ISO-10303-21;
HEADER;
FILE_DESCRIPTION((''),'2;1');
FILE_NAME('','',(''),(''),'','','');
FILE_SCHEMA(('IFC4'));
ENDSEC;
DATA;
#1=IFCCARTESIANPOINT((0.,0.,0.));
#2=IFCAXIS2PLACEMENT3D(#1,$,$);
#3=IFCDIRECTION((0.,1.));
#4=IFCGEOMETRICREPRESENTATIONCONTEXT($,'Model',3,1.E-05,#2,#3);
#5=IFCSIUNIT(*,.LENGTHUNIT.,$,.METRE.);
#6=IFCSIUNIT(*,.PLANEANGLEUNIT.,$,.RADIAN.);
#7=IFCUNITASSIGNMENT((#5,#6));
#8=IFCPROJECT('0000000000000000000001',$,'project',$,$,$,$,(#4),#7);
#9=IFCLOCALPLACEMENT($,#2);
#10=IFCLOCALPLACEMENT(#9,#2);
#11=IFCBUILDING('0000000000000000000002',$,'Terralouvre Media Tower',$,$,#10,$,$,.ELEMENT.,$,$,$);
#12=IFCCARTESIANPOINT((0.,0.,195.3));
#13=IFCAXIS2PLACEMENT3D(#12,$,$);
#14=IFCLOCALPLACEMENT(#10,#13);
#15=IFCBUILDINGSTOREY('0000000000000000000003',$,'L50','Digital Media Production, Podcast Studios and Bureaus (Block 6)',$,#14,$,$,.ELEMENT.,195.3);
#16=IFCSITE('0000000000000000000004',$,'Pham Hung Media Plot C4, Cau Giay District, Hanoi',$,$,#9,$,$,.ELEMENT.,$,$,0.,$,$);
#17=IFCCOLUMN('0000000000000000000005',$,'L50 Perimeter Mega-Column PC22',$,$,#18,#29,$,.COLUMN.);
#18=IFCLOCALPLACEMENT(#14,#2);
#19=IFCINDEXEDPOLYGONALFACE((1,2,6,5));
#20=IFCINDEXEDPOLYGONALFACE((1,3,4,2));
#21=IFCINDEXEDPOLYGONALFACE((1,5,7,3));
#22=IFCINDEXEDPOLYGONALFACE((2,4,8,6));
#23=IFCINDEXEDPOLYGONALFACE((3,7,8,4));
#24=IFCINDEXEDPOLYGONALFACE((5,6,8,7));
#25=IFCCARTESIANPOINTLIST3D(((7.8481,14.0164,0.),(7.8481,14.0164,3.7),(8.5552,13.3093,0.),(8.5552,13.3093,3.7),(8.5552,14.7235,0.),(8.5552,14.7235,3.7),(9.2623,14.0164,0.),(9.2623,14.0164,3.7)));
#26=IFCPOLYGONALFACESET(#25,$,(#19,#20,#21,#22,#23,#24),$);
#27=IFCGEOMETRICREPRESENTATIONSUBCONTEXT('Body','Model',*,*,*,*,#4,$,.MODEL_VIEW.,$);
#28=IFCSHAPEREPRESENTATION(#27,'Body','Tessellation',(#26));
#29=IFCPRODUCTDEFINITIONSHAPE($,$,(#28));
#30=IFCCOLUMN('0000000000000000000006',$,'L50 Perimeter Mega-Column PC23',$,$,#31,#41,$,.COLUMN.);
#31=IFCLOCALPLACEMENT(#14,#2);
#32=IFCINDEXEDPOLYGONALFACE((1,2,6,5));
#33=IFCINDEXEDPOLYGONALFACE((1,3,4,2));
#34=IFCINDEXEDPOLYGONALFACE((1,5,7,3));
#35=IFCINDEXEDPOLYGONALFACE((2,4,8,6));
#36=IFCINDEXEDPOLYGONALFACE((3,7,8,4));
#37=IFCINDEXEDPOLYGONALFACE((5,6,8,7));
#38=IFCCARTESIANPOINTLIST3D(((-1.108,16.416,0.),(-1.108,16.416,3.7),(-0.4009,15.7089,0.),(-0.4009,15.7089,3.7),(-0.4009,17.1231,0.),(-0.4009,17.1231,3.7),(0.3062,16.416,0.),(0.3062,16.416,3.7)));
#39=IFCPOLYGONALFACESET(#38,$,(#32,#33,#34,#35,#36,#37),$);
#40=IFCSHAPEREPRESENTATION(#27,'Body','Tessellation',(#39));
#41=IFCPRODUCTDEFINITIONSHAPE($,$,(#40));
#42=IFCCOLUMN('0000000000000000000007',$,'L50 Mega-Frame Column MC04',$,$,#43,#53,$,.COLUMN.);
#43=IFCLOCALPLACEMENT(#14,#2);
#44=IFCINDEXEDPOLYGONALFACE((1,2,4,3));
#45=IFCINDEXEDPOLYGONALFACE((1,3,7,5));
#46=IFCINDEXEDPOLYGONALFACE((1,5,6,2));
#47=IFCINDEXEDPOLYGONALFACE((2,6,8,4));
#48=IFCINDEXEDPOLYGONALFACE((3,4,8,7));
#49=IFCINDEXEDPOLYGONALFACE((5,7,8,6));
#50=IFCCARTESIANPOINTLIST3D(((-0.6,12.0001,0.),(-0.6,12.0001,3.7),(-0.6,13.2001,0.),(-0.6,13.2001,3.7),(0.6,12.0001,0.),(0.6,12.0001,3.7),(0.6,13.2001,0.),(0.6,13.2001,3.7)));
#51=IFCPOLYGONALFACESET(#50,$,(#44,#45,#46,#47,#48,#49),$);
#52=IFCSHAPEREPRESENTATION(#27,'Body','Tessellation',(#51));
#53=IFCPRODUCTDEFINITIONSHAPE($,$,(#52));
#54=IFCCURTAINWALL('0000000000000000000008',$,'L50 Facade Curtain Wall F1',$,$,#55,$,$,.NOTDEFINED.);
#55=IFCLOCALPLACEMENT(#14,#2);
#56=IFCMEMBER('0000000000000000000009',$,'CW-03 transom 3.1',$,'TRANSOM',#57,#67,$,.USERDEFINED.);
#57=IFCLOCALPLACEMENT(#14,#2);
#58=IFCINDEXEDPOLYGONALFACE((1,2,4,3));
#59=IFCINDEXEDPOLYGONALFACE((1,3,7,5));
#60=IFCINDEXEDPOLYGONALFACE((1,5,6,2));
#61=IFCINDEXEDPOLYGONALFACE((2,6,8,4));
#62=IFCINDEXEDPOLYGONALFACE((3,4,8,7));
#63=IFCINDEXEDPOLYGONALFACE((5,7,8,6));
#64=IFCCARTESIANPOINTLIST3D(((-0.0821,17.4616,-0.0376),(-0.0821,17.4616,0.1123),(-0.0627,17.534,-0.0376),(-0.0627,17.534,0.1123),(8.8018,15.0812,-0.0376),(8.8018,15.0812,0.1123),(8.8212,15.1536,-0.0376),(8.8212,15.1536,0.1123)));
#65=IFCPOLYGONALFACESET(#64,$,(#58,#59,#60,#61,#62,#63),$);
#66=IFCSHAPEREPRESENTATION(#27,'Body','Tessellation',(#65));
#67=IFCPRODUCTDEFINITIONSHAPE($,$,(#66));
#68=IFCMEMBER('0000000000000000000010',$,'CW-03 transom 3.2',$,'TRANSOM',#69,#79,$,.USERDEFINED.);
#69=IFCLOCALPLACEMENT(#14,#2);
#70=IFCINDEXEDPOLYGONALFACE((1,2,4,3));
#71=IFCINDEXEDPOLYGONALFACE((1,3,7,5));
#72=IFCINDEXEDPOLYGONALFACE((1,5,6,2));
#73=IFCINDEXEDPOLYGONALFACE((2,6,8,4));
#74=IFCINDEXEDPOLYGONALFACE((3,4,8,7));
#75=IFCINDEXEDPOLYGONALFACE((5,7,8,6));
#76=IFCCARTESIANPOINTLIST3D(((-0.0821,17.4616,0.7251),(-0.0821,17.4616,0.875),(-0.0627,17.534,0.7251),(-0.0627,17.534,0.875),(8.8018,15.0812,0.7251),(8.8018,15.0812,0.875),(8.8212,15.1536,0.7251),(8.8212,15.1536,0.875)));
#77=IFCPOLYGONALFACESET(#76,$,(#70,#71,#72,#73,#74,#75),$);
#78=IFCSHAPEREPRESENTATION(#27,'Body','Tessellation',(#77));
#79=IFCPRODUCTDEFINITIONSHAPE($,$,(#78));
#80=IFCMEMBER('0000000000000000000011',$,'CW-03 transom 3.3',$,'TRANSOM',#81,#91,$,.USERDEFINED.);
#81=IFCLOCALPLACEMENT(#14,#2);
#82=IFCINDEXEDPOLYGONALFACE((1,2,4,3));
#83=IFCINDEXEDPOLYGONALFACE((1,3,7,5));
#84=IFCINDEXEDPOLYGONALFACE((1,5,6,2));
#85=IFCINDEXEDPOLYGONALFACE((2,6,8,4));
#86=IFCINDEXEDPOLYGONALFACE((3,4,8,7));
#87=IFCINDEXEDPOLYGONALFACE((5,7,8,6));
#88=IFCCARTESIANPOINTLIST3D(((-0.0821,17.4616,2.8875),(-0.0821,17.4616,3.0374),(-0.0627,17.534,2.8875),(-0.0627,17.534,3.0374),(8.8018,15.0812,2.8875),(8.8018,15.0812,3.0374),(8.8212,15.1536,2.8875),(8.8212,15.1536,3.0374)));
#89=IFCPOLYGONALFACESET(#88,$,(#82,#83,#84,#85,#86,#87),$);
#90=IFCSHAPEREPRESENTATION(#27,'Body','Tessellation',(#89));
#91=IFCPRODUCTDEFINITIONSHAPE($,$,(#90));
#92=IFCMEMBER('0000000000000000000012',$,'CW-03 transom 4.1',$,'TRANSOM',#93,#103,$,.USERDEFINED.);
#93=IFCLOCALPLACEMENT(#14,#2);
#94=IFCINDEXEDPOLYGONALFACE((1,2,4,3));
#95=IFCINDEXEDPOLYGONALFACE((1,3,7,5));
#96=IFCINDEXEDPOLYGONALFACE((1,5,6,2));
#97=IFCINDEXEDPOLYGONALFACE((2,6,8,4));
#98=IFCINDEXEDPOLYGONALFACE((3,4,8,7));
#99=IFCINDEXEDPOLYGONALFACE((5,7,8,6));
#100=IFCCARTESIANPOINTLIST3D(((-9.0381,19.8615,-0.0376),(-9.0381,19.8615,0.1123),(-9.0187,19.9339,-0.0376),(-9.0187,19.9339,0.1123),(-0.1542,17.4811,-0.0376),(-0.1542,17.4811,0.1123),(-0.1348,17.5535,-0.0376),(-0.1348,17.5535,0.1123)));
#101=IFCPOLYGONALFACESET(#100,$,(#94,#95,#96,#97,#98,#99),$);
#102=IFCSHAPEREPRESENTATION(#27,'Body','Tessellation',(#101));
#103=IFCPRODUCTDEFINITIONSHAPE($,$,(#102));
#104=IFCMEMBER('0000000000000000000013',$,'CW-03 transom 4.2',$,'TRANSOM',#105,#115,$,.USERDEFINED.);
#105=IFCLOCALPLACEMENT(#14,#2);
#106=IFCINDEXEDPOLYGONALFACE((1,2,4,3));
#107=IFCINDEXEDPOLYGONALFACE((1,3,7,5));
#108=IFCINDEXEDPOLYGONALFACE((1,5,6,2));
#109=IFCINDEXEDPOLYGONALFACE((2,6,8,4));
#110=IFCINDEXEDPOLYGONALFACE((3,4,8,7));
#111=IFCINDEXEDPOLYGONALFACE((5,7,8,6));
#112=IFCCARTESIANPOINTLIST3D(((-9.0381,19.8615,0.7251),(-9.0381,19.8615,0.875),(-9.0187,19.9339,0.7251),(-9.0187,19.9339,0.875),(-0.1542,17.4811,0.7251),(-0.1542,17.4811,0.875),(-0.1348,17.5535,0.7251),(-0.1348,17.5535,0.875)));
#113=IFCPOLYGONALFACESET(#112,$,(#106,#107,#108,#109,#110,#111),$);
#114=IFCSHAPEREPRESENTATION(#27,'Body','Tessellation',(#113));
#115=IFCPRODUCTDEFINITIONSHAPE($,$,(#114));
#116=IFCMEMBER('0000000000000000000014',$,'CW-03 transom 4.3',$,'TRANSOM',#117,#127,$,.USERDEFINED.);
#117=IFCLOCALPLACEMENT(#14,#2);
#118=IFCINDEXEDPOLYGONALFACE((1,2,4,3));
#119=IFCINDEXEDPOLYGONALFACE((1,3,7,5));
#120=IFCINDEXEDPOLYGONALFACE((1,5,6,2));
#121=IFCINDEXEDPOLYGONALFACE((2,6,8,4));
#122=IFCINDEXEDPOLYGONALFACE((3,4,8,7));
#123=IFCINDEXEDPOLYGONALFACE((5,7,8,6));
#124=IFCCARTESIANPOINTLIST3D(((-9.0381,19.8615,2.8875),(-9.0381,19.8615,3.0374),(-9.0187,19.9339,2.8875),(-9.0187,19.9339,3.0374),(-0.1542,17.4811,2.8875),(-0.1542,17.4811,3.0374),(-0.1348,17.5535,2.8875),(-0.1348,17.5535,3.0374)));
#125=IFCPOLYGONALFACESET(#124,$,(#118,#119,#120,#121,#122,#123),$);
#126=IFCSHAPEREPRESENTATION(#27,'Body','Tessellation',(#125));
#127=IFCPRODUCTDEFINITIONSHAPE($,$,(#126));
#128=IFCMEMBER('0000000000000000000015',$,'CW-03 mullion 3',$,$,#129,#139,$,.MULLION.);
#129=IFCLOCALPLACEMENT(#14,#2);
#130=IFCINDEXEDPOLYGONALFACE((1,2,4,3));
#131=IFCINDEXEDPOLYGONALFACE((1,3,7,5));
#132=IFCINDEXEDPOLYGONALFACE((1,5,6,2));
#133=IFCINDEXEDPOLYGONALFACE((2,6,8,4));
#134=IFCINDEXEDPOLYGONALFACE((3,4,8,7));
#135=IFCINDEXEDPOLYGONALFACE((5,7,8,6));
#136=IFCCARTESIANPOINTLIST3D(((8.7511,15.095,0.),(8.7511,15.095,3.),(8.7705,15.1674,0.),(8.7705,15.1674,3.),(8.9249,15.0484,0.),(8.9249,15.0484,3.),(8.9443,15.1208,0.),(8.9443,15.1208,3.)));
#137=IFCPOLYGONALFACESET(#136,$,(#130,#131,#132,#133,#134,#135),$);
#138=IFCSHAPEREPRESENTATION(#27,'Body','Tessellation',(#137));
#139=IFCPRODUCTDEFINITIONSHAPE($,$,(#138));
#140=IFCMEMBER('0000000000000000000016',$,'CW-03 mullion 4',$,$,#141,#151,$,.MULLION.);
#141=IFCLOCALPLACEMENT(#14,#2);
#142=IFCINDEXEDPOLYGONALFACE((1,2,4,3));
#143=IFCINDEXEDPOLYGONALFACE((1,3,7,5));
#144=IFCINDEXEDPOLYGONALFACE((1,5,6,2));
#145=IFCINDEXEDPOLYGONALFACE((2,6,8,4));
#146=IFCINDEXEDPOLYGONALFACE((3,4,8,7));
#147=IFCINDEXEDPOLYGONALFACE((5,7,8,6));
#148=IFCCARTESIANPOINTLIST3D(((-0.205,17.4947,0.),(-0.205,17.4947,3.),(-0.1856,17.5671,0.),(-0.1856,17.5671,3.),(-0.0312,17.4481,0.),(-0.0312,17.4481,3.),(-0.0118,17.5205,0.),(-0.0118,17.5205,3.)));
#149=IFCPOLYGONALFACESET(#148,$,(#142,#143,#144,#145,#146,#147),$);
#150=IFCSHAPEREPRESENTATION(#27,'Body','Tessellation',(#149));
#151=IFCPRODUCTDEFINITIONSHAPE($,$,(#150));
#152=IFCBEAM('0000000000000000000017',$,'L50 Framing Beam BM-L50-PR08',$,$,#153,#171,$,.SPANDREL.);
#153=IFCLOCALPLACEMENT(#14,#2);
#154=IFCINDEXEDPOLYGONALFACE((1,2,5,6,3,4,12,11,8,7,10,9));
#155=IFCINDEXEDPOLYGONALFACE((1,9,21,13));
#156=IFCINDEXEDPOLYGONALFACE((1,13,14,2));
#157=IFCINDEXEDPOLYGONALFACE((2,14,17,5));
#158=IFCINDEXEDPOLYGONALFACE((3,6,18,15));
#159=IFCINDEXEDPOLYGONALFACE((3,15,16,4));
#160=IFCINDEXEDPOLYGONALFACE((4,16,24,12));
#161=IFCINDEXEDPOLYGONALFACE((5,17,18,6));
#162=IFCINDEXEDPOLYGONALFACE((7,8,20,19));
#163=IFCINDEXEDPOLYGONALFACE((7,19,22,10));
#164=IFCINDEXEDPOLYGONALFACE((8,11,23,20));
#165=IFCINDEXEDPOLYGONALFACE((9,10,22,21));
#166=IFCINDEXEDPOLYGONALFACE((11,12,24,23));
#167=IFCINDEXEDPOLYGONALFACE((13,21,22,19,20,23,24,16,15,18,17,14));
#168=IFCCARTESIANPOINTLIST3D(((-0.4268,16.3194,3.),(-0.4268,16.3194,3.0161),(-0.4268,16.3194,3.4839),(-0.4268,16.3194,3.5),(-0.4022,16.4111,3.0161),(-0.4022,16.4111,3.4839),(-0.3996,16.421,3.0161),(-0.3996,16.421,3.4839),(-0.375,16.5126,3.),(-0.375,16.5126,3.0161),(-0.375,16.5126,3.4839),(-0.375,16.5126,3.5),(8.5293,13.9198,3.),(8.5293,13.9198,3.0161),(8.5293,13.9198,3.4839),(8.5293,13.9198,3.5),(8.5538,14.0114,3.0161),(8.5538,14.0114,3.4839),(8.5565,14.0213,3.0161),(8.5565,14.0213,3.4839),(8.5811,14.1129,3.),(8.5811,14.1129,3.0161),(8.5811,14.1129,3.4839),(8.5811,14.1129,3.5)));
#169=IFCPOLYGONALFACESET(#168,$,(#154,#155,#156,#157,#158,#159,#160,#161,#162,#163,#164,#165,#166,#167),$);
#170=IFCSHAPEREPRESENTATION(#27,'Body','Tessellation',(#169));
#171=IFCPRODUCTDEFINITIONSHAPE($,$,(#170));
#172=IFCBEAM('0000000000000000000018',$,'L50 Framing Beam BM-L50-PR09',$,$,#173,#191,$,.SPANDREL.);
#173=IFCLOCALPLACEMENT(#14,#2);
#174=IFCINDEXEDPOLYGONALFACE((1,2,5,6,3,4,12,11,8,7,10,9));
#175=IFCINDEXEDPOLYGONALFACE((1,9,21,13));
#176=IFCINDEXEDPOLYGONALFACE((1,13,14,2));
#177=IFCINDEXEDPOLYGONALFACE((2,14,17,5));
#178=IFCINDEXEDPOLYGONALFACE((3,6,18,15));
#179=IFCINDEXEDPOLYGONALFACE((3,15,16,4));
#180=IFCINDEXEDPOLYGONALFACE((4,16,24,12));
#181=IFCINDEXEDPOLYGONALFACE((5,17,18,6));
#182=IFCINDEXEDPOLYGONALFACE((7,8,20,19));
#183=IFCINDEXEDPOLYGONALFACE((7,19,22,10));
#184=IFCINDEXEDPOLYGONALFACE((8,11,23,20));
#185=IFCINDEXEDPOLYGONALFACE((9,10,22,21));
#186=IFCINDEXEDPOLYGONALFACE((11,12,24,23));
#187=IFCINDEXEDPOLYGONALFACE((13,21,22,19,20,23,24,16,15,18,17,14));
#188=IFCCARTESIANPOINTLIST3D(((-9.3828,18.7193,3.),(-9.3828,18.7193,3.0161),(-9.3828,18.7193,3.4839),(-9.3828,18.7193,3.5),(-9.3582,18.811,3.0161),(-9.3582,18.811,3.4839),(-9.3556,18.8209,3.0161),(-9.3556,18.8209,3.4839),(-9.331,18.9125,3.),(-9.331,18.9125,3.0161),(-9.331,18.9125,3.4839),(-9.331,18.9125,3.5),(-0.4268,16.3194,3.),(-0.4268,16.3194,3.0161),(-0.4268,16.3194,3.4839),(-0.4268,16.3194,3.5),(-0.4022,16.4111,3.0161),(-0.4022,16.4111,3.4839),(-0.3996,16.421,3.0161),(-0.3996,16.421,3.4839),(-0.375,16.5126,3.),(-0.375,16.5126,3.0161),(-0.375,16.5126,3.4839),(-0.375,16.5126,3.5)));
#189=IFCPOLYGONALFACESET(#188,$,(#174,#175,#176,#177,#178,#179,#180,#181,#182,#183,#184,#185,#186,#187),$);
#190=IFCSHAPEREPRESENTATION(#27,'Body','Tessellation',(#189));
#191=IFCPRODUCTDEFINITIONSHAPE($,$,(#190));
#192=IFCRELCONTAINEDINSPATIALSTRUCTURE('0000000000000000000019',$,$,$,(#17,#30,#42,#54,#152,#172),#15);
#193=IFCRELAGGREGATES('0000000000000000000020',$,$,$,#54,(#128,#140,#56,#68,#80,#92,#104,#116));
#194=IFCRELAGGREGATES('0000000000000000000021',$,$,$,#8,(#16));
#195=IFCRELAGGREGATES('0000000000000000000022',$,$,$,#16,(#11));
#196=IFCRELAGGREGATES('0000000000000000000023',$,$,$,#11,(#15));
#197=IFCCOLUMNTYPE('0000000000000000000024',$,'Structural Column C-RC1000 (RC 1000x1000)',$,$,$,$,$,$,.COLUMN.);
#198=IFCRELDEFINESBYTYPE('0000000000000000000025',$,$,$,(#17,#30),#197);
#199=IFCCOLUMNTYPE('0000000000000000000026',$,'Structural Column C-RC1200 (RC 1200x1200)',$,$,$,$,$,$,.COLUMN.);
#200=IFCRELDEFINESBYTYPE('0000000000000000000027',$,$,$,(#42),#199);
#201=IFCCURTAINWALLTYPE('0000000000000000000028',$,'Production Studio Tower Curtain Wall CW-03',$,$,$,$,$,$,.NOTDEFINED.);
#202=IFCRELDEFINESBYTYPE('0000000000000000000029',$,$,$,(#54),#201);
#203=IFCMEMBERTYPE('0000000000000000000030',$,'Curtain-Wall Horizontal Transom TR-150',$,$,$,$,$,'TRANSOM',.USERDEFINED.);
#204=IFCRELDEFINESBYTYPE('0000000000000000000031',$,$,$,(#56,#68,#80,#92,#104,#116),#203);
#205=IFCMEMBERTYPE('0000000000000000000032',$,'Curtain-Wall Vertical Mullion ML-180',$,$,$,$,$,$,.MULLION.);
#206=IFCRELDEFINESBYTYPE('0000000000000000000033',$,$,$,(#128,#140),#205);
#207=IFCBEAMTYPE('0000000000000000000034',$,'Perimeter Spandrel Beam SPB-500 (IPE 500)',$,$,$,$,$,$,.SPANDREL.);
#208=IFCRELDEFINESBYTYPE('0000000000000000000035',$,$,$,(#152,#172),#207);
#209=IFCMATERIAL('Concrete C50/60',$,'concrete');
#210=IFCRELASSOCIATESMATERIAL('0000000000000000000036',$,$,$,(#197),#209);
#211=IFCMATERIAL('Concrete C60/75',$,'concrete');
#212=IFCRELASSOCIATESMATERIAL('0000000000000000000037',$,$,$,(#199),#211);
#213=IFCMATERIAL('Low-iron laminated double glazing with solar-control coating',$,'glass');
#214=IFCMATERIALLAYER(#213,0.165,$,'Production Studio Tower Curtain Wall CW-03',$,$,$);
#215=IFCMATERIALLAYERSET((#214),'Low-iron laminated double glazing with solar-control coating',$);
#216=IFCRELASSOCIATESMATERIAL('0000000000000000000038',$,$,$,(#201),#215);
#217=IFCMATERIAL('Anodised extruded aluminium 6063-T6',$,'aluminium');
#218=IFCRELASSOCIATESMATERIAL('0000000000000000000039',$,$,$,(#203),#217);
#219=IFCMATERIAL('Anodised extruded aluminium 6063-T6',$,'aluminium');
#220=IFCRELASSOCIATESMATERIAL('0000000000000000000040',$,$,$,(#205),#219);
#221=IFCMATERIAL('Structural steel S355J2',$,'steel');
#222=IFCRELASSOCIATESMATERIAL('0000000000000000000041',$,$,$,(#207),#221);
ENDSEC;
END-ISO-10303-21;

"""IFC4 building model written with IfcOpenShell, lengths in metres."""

from ifc_helpers import new_model, si_unit, direction, frame, origin, origin_2d, place, context, subcontext, project, spatial, rectangle, i_section, extrude, material, layer, layer_set, material_profile, profile_set, type_object, element, aggregate, save


model = new_model("IFC4")

# Units and contexts
model_context = context("Model", 3, precision=1e-05, world=origin(), true_north=direction((0.0, 1.0)))
body_context = subcontext(model_context, "Body", "Model", "MODEL_VIEW")
ifc_project = project(units=[si_unit("LENGTHUNIT", "METRE"), si_unit("PLANEANGLEUNIT", "RADIAN")], contexts=[model_context])

# Site, building, storey
site_placement = place(None, origin())
site = spatial("IfcSite", under=ifc_project, at=site_placement, Name="Pham Hung Media Plot C4, Cau Giay District, Hanoi", CompositionType="ELEMENT", RefElevation=0.0)
building_placement = place(site_placement, origin())
building = spatial("IfcBuilding", under=site, at=building_placement, Name="Terralouvre Media Tower", CompositionType="ELEMENT")
storey_placement = place(building_placement, frame((0.0, 0.0, 195.3)))
storey = spatial("IfcBuildingStorey", under=building, at=storey_placement, Name="L50", Description="Digital Media Production, Podcast Studios and Bureaus (Block 6)", CompositionType="ELEMENT", Elevation=195.3)

# Columns
ifc_material_1 = material(Name="Concrete C50/60", Category="concrete")
ifc_material_profile_1 = material_profile(ifc_material_1, rectangle(XDim=1.0, YDim=1.0, at=origin_2d()), Name="RC 1000x1000")
ifc_profile_set_1 = profile_set([ifc_material_profile_1], Name="Concrete C50/60")
column_type_1 = type_object("IfcColumnType", Name="Structural Column C-RC1000 (RC 1000x1000)", PredefinedType="COLUMN", material=ifc_profile_set_1)
for number, where, z_axis, x_axis, name in (
    (1, (8.5552, 14.0164, 0.0), (0.0, 0.0, 1.0), (0.707107, 0.707107, 0.0), "L50 Perimeter Mega-Column PC22"),
    (2, (-0.4009, 16.416, 0.0), (0.0, 0.0, 1.0), (0.707107, 0.707107, 0.0), "L50 Perimeter Mega-Column PC23"),
):
    element("IfcColumn", number, at=place(storey_placement, frame(where, z_axis=z_axis, x_axis=x_axis)), inside=storey, type_object=column_type_1, Name=name, PredefinedType="COLUMN", context=body_context, shape_type="SweptSolid", body=[
        extrude(rectangle(XDim=1.0, YDim=1.0, at=origin_2d()), origin(), (0.0, 0.0, 1.0), 3.7),
    ])
ifc_material_2 = material(Name="Concrete C60/75", Category="concrete")
ifc_material_profile_2 = material_profile(ifc_material_2, rectangle(XDim=1.2, YDim=1.2, at=origin_2d()), Name="RC 1200x1200")
ifc_profile_set_2 = profile_set([ifc_material_profile_2], Name="Concrete C60/75")
column_type_2 = type_object("IfcColumnType", Name="Structural Column C-RC1200 (RC 1200x1200)", PredefinedType="COLUMN", material=ifc_profile_set_2)
column_placement = place(storey_placement, frame((0.0, 12.6001, 0.0), z_axis=(0.0, 0.0, 1.0), x_axis=(1.0, 0.0, 0.0)))
element("IfcColumn", 3, at=column_placement, inside=storey, type_object=column_type_2, Name="L50 Mega-Frame Column MC04", PredefinedType="COLUMN", context=body_context, shape_type="SweptSolid", body=[
    extrude(rectangle(XDim=1.2, YDim=1.2, at=origin_2d()), origin(), (0.0, 0.0, 1.0), 3.7),
])

# Curtain wall, members
ifc_material_3 = material(Name="Low-iron laminated double glazing with solar-control coating", Category="glass")
ifc_layer_1 = layer(ifc_material_3, 0.165, Name="Production Studio Tower Curtain Wall CW-03")
ifc_layer_set_1 = layer_set([ifc_layer_1], Name="Low-iron laminated double glazing with solar-control coating")
curtain_wall_type = type_object("IfcCurtainWallType", Name="Production Studio Tower Curtain Wall CW-03", PredefinedType="NOTDEFINED", material=ifc_layer_set_1)
curtain_wall_placement = place(storey_placement, origin())
curtain_wall = element("IfcCurtainWall", 4, at=curtain_wall_placement, inside=storey, type_object=curtain_wall_type, Name="L50 Facade Curtain Wall F1", PredefinedType="NOTDEFINED")
ifc_material_4 = material(Name="Anodised extruded aluminium 6063-T6", Category="aluminium")
ifc_material_profile_3 = material_profile(ifc_material_4, rectangle(XDim=0.075, YDim=0.1499, at=origin_2d()), Name="ALU 75x150")
ifc_profile_set_3 = profile_set([ifc_material_profile_3], Name="Anodised extruded aluminium 6063-T6")
member_type_1 = type_object("IfcMemberType", Name="Curtain-Wall Horizontal Transom TR-150", ElementType="TRANSOM", PredefinedType="USERDEFINED", material=ifc_profile_set_3)
member_1_placement = place(storey_placement, frame((8.8115, 15.1174, 0.0374), z_axis=(-0.965927, 0.258816, 0.0), x_axis=(-0.258816, -0.965927, 0.0)))
member_1 = element("IfcMember", 5, at=member_1_placement, type_object=member_type_1, Name="CW-03 transom 3.1", ObjectType="TRANSOM", PredefinedType="USERDEFINED", context=body_context, shape_type="SweptSolid", body=[
    extrude(rectangle(XDim=0.075, YDim=0.1499, at=origin_2d()), origin(), (0.0, 0.0, 1.0), 9.1973),
])
member_2_placement = place(storey_placement, frame((8.8115, 15.1174, 0.8), z_axis=(-0.965927, 0.258816, 0.0), x_axis=(-0.258816, -0.965927, 0.0)))
member_2 = element("IfcMember", 6, at=member_2_placement, type_object=member_type_1, Name="CW-03 transom 3.2", ObjectType="TRANSOM", PredefinedType="USERDEFINED", context=body_context, shape_type="SweptSolid", body=[
    extrude(rectangle(XDim=0.075, YDim=0.1499, at=origin_2d()), origin(), (0.0, 0.0, 1.0), 9.1973),
])
member_3_placement = place(storey_placement, frame((8.8115, 15.1174, 2.9624), z_axis=(-0.965927, 0.258816, 0.0), x_axis=(-0.258816, -0.965927, 0.0)))
member_3 = element("IfcMember", 7, at=member_3_placement, type_object=member_type_1, Name="CW-03 transom 3.3", ObjectType="TRANSOM", PredefinedType="USERDEFINED", context=body_context, shape_type="SweptSolid", body=[
    extrude(rectangle(XDim=0.075, YDim=0.1499, at=origin_2d()), origin(), (0.0, 0.0, 1.0), 9.1973),
])
member_4_placement = place(storey_placement, frame((-0.1445, 17.5173, 0.0374), z_axis=(-0.965927, 0.258816, 0.0), x_axis=(-0.258816, -0.965927, 0.0)))
member_4 = element("IfcMember", 8, at=member_4_placement, type_object=member_type_1, Name="CW-03 transom 4.1", ObjectType="TRANSOM", PredefinedType="USERDEFINED", context=body_context, shape_type="SweptSolid", body=[
    extrude(rectangle(XDim=0.075, YDim=0.1499, at=origin_2d()), origin(), (0.0, 0.0, 1.0), 9.1973),
])
member_5_placement = place(storey_placement, frame((-0.1445, 17.5173, 0.8), z_axis=(-0.965927, 0.258816, 0.0), x_axis=(-0.258816, -0.965927, 0.0)))
member_5 = element("IfcMember", 9, at=member_5_placement, type_object=member_type_1, Name="CW-03 transom 4.2", ObjectType="TRANSOM", PredefinedType="USERDEFINED", context=body_context, shape_type="SweptSolid", body=[
    extrude(rectangle(XDim=0.075, YDim=0.1499, at=origin_2d()), origin(), (0.0, 0.0, 1.0), 9.1973),
])
member_6_placement = place(storey_placement, frame((-0.1445, 17.5173, 2.9624), z_axis=(-0.965927, 0.258816, 0.0), x_axis=(-0.258816, -0.965927, 0.0)))
member_6 = element("IfcMember", 10, at=member_6_placement, type_object=member_type_1, Name="CW-03 transom 4.3", ObjectType="TRANSOM", PredefinedType="USERDEFINED", context=body_context, shape_type="SweptSolid", body=[
    extrude(rectangle(XDim=0.075, YDim=0.1499, at=origin_2d()), origin(), (0.0, 0.0, 1.0), 9.1973),
])
ifc_material_5 = material(Name="Anodised extruded aluminium 6063-T6", Category="aluminium")
ifc_material_profile_4 = material_profile(ifc_material_5, rectangle(XDim=0.075, YDim=0.1799, at=origin_2d()), Name="ALU 75x180")
ifc_profile_set_4 = profile_set([ifc_material_profile_4], Name="Anodised extruded aluminium 6063-T6")
member_type_2 = type_object("IfcMemberType", Name="Curtain-Wall Vertical Mullion ML-180", PredefinedType="MULLION", material=ifc_profile_set_4)
member_7_placement = place(storey_placement, frame((8.8477, 15.1079, 0.0), z_axis=(0.0, 0.0, 1.0), x_axis=(-0.258819, -0.965926, 0.0)))
member_7 = element("IfcMember", 11, at=member_7_placement, type_object=member_type_2, Name="CW-03 mullion 3", PredefinedType="MULLION", context=body_context, shape_type="SweptSolid", body=[
    extrude(rectangle(XDim=0.075, YDim=0.1799, at=origin_2d()), origin(), (0.0, 0.0, 1.0), 3.0),
])
member_8_placement = place(storey_placement, frame((-0.1084, 17.5076, 0.0), z_axis=(0.0, 0.0, 1.0), x_axis=(-0.258819, -0.965926, 0.0)))
member_8 = element("IfcMember", 12, at=member_8_placement, type_object=member_type_2, Name="CW-03 mullion 4", PredefinedType="MULLION", context=body_context, shape_type="SweptSolid", body=[
    extrude(rectangle(XDim=0.075, YDim=0.1799, at=origin_2d()), origin(), (0.0, 0.0, 1.0), 3.0),
])

# Beams
ifc_material_6 = material(Name="Structural steel S355J2", Category="steel")
ifc_material_profile_5 = material_profile(ifc_material_6, i_section(OverallWidth=0.2, OverallDepth=0.5, WebThickness=0.0103, FlangeThickness=0.0161, at=origin_2d()), Name="IPE 500")
ifc_profile_set_5 = profile_set([ifc_material_profile_5], Name="Structural steel S355J2")
beam_type_1 = type_object("IfcBeamType", Name="Perimeter Spandrel Beam SPB-500 (IPE 500)", PredefinedType="SPANDREL", material=ifc_profile_set_5)
for number, where, z_axis, x_axis, name in (
    (13, (8.5552, 14.0164, 3.25), (-0.965929, 0.258808, 0.0), (-0.258808, -0.965929, 0.0), "L50 Framing Beam BM-L50-PR08"),
    (14, (-0.4009, 16.416, 3.25), (-0.965922, 0.258833, 0.0), (-0.258833, -0.965922, 0.0), "L50 Framing Beam BM-L50-PR09"),
):
    element("IfcBeam", number, at=place(storey_placement, frame(where, z_axis=z_axis, x_axis=x_axis)), inside=storey, type_object=beam_type_1, Name=name, PredefinedType="SPANDREL", context=body_context, shape_type="SweptSolid", body=[
        extrude(i_section(OverallWidth=0.2, OverallDepth=0.5, WebThickness=0.0103, FlangeThickness=0.0161, at=origin_2d()), origin(), (0.0, 0.0, 1.0), 9.272),
    ])

aggregate(curtain_wall, [member_7, member_8, member_1, member_2, member_3, member_4, member_5, member_6])

save(model, "model.ifc")
